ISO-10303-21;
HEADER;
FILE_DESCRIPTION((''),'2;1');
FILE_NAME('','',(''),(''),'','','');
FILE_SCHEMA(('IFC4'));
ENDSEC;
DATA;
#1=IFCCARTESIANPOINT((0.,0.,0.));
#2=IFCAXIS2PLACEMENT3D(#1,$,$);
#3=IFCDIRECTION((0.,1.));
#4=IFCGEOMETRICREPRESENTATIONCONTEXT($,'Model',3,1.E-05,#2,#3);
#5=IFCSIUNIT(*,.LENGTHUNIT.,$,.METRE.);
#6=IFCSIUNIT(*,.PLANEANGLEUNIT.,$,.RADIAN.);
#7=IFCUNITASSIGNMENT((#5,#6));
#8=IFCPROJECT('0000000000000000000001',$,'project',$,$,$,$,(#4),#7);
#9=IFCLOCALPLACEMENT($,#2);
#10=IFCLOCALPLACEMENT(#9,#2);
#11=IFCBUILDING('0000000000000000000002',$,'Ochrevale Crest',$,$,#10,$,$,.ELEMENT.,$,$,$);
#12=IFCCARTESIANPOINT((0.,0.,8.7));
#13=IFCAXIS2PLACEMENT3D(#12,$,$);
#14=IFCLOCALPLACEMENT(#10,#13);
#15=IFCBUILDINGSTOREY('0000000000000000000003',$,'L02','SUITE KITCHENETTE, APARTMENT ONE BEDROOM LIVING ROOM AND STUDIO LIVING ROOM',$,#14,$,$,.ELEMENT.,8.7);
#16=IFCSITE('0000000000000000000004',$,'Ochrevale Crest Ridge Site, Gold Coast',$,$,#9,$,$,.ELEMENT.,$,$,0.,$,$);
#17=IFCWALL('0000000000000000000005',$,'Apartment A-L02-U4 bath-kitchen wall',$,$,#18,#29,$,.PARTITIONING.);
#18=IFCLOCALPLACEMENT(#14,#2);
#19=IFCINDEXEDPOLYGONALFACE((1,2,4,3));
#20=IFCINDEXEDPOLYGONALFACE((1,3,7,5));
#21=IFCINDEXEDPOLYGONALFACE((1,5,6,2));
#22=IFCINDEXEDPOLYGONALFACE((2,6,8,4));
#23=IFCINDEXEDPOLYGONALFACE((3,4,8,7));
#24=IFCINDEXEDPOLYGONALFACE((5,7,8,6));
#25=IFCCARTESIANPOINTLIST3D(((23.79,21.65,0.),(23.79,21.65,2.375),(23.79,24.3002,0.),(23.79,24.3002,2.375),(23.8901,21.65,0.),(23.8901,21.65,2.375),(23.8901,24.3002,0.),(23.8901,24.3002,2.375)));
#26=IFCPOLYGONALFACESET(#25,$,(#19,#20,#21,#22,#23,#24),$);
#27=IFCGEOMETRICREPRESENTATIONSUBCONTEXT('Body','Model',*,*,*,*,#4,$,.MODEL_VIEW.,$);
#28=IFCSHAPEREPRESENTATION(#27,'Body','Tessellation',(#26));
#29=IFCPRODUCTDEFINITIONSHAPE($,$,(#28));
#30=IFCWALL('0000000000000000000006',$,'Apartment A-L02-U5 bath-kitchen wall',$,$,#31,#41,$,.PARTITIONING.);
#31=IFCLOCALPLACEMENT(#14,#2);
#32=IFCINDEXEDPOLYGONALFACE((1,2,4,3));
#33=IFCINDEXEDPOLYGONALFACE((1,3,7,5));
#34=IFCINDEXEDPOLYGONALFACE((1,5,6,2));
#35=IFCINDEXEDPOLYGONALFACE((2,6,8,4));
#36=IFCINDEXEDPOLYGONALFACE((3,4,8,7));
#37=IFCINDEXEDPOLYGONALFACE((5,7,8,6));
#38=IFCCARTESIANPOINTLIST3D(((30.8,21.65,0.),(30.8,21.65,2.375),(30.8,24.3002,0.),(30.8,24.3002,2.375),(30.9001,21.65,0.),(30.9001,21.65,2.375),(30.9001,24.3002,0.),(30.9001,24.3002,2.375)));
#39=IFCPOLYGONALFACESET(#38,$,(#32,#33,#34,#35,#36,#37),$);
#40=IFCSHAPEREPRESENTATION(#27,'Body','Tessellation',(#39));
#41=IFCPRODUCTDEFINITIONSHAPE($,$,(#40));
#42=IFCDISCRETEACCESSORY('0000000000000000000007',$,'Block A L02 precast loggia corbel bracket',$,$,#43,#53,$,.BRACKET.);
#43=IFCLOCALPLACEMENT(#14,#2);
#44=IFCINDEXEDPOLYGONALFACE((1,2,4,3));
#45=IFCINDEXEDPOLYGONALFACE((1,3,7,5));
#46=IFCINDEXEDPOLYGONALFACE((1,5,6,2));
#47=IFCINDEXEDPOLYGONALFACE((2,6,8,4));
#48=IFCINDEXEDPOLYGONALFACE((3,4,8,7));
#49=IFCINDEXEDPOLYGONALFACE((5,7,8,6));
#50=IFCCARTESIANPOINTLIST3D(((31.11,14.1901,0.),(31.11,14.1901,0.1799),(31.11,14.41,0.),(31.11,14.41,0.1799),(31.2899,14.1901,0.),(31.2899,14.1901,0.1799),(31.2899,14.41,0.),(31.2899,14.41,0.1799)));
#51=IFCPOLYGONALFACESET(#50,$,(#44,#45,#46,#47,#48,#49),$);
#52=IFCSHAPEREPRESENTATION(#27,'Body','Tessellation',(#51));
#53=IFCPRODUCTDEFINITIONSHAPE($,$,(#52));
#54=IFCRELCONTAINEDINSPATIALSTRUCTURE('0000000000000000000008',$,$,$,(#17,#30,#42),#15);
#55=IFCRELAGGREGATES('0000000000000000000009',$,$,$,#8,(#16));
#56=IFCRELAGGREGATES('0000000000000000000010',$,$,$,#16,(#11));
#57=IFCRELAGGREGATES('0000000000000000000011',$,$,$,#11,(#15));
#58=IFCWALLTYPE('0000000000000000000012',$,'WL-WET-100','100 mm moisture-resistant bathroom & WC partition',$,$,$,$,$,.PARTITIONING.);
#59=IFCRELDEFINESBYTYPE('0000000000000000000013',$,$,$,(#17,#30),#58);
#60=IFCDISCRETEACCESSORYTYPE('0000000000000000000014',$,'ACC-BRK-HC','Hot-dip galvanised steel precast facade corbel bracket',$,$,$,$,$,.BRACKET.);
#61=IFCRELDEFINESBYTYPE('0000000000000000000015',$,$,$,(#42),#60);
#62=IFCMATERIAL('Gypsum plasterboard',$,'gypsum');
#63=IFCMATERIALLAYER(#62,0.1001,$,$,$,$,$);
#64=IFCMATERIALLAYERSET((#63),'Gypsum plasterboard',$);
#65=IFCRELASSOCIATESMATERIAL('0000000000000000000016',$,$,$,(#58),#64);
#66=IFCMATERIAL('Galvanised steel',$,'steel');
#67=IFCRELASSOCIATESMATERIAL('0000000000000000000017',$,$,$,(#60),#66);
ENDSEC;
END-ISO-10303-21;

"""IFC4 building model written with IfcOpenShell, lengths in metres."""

from ifc_helpers import new_model, si_unit, direction, frame, frame_2d, origin, origin_2d, place, context, subcontext, project, spatial, rectangle, extrude, material, layer, layer_set, type_object, element, save


model = new_model("IFC4")

# Units and contexts
model_context = context("Model", 3, precision=1e-05, world=origin(), true_north=direction((0.0, 1.0)))
body_context = subcontext(model_context, "Body", "Model", "MODEL_VIEW")
ifc_project = project(units=[si_unit("LENGTHUNIT", "METRE"), si_unit("PLANEANGLEUNIT", "RADIAN")], contexts=[model_context])

# Site, building, storey
site_placement = place(None, origin())
site = spatial("IfcSite", under=ifc_project, at=site_placement, Name="Ochrevale Crest Ridge Site, Gold Coast", CompositionType="ELEMENT", RefElevation=0.0)
building_placement = place(site_placement, origin())
building = spatial("IfcBuilding", under=site, at=building_placement, Name="Ochrevale Crest", CompositionType="ELEMENT")
storey_placement = place(building_placement, frame((0.0, 0.0, 8.7)))
storey = spatial("IfcBuildingStorey", under=building, at=storey_placement, Name="L02", Description="SUITE KITCHENETTE, APARTMENT ONE BEDROOM LIVING ROOM AND STUDIO LIVING ROOM", CompositionType="ELEMENT", Elevation=8.7)

# Shared definitions
ifc_material_1 = material(Name="Gypsum plasterboard", Category="gypsum")

# Walls
ifc_layer_1 = layer(ifc_material_1, 0.1001)
ifc_layer_set_1 = layer_set([ifc_layer_1], Name="Gypsum plasterboard")
wall_type_1 = type_object("IfcWallType", Name="WL-WET-100", Description="100 mm moisture-resistant bathroom & WC partition", PredefinedType="PARTITIONING", material=ifc_layer_set_1)
for number, where, z_axis, x_axis, name in (
    (1, (23.8401, 21.6499, 0.0), (0.0, 0.0, 1.0), (0.0, 1.0, 0.0), "Apartment A-L02-U4 bath-kitchen wall"),
    (2, (30.8501, 21.6499, 0.0), (0.0, 0.0, 1.0), (0.0, 1.0, 0.0), "Apartment A-L02-U5 bath-kitchen wall"),
):
    element("IfcWall", number, at=place(storey_placement, frame(where, z_axis=z_axis, x_axis=x_axis)), inside=storey, type_object=wall_type_1, Name=name, PredefinedType="PARTITIONING", context=body_context, shape_type="SweptSolid", body=[
        extrude(rectangle(XDim=2.6501, YDim=0.1001, at=frame_2d((1.3252, 0.0))), origin(), (0.0, 0.0, 1.0), 2.375),
    ])

# Discrete accessory
ifc_material_2 = material(Name="Galvanised steel", Category="steel")
discrete_accessory_type = type_object("IfcDiscreteAccessoryType", Name="ACC-BRK-HC", Description="Hot-dip galvanised steel precast facade corbel bracket", PredefinedType="BRACKET", material=ifc_material_2)
discrete_accessory_placement = place(storey_placement, frame((31.2, 14.3, 0.0), z_axis=(0.0, 0.0, 1.0), x_axis=(1.0, 0.0, 0.0)))
element("IfcDiscreteAccessory", 3, at=discrete_accessory_placement, inside=storey, type_object=discrete_accessory_type, Name="Block A L02 precast loggia corbel bracket", PredefinedType="BRACKET", context=body_context, shape_type="SweptSolid", body=[
    extrude(rectangle(XDim=0.1799, YDim=0.22, at=origin_2d()), origin(), (0.0, 0.0, 1.0), 0.1799),
])

save(model, "model.ifc")
